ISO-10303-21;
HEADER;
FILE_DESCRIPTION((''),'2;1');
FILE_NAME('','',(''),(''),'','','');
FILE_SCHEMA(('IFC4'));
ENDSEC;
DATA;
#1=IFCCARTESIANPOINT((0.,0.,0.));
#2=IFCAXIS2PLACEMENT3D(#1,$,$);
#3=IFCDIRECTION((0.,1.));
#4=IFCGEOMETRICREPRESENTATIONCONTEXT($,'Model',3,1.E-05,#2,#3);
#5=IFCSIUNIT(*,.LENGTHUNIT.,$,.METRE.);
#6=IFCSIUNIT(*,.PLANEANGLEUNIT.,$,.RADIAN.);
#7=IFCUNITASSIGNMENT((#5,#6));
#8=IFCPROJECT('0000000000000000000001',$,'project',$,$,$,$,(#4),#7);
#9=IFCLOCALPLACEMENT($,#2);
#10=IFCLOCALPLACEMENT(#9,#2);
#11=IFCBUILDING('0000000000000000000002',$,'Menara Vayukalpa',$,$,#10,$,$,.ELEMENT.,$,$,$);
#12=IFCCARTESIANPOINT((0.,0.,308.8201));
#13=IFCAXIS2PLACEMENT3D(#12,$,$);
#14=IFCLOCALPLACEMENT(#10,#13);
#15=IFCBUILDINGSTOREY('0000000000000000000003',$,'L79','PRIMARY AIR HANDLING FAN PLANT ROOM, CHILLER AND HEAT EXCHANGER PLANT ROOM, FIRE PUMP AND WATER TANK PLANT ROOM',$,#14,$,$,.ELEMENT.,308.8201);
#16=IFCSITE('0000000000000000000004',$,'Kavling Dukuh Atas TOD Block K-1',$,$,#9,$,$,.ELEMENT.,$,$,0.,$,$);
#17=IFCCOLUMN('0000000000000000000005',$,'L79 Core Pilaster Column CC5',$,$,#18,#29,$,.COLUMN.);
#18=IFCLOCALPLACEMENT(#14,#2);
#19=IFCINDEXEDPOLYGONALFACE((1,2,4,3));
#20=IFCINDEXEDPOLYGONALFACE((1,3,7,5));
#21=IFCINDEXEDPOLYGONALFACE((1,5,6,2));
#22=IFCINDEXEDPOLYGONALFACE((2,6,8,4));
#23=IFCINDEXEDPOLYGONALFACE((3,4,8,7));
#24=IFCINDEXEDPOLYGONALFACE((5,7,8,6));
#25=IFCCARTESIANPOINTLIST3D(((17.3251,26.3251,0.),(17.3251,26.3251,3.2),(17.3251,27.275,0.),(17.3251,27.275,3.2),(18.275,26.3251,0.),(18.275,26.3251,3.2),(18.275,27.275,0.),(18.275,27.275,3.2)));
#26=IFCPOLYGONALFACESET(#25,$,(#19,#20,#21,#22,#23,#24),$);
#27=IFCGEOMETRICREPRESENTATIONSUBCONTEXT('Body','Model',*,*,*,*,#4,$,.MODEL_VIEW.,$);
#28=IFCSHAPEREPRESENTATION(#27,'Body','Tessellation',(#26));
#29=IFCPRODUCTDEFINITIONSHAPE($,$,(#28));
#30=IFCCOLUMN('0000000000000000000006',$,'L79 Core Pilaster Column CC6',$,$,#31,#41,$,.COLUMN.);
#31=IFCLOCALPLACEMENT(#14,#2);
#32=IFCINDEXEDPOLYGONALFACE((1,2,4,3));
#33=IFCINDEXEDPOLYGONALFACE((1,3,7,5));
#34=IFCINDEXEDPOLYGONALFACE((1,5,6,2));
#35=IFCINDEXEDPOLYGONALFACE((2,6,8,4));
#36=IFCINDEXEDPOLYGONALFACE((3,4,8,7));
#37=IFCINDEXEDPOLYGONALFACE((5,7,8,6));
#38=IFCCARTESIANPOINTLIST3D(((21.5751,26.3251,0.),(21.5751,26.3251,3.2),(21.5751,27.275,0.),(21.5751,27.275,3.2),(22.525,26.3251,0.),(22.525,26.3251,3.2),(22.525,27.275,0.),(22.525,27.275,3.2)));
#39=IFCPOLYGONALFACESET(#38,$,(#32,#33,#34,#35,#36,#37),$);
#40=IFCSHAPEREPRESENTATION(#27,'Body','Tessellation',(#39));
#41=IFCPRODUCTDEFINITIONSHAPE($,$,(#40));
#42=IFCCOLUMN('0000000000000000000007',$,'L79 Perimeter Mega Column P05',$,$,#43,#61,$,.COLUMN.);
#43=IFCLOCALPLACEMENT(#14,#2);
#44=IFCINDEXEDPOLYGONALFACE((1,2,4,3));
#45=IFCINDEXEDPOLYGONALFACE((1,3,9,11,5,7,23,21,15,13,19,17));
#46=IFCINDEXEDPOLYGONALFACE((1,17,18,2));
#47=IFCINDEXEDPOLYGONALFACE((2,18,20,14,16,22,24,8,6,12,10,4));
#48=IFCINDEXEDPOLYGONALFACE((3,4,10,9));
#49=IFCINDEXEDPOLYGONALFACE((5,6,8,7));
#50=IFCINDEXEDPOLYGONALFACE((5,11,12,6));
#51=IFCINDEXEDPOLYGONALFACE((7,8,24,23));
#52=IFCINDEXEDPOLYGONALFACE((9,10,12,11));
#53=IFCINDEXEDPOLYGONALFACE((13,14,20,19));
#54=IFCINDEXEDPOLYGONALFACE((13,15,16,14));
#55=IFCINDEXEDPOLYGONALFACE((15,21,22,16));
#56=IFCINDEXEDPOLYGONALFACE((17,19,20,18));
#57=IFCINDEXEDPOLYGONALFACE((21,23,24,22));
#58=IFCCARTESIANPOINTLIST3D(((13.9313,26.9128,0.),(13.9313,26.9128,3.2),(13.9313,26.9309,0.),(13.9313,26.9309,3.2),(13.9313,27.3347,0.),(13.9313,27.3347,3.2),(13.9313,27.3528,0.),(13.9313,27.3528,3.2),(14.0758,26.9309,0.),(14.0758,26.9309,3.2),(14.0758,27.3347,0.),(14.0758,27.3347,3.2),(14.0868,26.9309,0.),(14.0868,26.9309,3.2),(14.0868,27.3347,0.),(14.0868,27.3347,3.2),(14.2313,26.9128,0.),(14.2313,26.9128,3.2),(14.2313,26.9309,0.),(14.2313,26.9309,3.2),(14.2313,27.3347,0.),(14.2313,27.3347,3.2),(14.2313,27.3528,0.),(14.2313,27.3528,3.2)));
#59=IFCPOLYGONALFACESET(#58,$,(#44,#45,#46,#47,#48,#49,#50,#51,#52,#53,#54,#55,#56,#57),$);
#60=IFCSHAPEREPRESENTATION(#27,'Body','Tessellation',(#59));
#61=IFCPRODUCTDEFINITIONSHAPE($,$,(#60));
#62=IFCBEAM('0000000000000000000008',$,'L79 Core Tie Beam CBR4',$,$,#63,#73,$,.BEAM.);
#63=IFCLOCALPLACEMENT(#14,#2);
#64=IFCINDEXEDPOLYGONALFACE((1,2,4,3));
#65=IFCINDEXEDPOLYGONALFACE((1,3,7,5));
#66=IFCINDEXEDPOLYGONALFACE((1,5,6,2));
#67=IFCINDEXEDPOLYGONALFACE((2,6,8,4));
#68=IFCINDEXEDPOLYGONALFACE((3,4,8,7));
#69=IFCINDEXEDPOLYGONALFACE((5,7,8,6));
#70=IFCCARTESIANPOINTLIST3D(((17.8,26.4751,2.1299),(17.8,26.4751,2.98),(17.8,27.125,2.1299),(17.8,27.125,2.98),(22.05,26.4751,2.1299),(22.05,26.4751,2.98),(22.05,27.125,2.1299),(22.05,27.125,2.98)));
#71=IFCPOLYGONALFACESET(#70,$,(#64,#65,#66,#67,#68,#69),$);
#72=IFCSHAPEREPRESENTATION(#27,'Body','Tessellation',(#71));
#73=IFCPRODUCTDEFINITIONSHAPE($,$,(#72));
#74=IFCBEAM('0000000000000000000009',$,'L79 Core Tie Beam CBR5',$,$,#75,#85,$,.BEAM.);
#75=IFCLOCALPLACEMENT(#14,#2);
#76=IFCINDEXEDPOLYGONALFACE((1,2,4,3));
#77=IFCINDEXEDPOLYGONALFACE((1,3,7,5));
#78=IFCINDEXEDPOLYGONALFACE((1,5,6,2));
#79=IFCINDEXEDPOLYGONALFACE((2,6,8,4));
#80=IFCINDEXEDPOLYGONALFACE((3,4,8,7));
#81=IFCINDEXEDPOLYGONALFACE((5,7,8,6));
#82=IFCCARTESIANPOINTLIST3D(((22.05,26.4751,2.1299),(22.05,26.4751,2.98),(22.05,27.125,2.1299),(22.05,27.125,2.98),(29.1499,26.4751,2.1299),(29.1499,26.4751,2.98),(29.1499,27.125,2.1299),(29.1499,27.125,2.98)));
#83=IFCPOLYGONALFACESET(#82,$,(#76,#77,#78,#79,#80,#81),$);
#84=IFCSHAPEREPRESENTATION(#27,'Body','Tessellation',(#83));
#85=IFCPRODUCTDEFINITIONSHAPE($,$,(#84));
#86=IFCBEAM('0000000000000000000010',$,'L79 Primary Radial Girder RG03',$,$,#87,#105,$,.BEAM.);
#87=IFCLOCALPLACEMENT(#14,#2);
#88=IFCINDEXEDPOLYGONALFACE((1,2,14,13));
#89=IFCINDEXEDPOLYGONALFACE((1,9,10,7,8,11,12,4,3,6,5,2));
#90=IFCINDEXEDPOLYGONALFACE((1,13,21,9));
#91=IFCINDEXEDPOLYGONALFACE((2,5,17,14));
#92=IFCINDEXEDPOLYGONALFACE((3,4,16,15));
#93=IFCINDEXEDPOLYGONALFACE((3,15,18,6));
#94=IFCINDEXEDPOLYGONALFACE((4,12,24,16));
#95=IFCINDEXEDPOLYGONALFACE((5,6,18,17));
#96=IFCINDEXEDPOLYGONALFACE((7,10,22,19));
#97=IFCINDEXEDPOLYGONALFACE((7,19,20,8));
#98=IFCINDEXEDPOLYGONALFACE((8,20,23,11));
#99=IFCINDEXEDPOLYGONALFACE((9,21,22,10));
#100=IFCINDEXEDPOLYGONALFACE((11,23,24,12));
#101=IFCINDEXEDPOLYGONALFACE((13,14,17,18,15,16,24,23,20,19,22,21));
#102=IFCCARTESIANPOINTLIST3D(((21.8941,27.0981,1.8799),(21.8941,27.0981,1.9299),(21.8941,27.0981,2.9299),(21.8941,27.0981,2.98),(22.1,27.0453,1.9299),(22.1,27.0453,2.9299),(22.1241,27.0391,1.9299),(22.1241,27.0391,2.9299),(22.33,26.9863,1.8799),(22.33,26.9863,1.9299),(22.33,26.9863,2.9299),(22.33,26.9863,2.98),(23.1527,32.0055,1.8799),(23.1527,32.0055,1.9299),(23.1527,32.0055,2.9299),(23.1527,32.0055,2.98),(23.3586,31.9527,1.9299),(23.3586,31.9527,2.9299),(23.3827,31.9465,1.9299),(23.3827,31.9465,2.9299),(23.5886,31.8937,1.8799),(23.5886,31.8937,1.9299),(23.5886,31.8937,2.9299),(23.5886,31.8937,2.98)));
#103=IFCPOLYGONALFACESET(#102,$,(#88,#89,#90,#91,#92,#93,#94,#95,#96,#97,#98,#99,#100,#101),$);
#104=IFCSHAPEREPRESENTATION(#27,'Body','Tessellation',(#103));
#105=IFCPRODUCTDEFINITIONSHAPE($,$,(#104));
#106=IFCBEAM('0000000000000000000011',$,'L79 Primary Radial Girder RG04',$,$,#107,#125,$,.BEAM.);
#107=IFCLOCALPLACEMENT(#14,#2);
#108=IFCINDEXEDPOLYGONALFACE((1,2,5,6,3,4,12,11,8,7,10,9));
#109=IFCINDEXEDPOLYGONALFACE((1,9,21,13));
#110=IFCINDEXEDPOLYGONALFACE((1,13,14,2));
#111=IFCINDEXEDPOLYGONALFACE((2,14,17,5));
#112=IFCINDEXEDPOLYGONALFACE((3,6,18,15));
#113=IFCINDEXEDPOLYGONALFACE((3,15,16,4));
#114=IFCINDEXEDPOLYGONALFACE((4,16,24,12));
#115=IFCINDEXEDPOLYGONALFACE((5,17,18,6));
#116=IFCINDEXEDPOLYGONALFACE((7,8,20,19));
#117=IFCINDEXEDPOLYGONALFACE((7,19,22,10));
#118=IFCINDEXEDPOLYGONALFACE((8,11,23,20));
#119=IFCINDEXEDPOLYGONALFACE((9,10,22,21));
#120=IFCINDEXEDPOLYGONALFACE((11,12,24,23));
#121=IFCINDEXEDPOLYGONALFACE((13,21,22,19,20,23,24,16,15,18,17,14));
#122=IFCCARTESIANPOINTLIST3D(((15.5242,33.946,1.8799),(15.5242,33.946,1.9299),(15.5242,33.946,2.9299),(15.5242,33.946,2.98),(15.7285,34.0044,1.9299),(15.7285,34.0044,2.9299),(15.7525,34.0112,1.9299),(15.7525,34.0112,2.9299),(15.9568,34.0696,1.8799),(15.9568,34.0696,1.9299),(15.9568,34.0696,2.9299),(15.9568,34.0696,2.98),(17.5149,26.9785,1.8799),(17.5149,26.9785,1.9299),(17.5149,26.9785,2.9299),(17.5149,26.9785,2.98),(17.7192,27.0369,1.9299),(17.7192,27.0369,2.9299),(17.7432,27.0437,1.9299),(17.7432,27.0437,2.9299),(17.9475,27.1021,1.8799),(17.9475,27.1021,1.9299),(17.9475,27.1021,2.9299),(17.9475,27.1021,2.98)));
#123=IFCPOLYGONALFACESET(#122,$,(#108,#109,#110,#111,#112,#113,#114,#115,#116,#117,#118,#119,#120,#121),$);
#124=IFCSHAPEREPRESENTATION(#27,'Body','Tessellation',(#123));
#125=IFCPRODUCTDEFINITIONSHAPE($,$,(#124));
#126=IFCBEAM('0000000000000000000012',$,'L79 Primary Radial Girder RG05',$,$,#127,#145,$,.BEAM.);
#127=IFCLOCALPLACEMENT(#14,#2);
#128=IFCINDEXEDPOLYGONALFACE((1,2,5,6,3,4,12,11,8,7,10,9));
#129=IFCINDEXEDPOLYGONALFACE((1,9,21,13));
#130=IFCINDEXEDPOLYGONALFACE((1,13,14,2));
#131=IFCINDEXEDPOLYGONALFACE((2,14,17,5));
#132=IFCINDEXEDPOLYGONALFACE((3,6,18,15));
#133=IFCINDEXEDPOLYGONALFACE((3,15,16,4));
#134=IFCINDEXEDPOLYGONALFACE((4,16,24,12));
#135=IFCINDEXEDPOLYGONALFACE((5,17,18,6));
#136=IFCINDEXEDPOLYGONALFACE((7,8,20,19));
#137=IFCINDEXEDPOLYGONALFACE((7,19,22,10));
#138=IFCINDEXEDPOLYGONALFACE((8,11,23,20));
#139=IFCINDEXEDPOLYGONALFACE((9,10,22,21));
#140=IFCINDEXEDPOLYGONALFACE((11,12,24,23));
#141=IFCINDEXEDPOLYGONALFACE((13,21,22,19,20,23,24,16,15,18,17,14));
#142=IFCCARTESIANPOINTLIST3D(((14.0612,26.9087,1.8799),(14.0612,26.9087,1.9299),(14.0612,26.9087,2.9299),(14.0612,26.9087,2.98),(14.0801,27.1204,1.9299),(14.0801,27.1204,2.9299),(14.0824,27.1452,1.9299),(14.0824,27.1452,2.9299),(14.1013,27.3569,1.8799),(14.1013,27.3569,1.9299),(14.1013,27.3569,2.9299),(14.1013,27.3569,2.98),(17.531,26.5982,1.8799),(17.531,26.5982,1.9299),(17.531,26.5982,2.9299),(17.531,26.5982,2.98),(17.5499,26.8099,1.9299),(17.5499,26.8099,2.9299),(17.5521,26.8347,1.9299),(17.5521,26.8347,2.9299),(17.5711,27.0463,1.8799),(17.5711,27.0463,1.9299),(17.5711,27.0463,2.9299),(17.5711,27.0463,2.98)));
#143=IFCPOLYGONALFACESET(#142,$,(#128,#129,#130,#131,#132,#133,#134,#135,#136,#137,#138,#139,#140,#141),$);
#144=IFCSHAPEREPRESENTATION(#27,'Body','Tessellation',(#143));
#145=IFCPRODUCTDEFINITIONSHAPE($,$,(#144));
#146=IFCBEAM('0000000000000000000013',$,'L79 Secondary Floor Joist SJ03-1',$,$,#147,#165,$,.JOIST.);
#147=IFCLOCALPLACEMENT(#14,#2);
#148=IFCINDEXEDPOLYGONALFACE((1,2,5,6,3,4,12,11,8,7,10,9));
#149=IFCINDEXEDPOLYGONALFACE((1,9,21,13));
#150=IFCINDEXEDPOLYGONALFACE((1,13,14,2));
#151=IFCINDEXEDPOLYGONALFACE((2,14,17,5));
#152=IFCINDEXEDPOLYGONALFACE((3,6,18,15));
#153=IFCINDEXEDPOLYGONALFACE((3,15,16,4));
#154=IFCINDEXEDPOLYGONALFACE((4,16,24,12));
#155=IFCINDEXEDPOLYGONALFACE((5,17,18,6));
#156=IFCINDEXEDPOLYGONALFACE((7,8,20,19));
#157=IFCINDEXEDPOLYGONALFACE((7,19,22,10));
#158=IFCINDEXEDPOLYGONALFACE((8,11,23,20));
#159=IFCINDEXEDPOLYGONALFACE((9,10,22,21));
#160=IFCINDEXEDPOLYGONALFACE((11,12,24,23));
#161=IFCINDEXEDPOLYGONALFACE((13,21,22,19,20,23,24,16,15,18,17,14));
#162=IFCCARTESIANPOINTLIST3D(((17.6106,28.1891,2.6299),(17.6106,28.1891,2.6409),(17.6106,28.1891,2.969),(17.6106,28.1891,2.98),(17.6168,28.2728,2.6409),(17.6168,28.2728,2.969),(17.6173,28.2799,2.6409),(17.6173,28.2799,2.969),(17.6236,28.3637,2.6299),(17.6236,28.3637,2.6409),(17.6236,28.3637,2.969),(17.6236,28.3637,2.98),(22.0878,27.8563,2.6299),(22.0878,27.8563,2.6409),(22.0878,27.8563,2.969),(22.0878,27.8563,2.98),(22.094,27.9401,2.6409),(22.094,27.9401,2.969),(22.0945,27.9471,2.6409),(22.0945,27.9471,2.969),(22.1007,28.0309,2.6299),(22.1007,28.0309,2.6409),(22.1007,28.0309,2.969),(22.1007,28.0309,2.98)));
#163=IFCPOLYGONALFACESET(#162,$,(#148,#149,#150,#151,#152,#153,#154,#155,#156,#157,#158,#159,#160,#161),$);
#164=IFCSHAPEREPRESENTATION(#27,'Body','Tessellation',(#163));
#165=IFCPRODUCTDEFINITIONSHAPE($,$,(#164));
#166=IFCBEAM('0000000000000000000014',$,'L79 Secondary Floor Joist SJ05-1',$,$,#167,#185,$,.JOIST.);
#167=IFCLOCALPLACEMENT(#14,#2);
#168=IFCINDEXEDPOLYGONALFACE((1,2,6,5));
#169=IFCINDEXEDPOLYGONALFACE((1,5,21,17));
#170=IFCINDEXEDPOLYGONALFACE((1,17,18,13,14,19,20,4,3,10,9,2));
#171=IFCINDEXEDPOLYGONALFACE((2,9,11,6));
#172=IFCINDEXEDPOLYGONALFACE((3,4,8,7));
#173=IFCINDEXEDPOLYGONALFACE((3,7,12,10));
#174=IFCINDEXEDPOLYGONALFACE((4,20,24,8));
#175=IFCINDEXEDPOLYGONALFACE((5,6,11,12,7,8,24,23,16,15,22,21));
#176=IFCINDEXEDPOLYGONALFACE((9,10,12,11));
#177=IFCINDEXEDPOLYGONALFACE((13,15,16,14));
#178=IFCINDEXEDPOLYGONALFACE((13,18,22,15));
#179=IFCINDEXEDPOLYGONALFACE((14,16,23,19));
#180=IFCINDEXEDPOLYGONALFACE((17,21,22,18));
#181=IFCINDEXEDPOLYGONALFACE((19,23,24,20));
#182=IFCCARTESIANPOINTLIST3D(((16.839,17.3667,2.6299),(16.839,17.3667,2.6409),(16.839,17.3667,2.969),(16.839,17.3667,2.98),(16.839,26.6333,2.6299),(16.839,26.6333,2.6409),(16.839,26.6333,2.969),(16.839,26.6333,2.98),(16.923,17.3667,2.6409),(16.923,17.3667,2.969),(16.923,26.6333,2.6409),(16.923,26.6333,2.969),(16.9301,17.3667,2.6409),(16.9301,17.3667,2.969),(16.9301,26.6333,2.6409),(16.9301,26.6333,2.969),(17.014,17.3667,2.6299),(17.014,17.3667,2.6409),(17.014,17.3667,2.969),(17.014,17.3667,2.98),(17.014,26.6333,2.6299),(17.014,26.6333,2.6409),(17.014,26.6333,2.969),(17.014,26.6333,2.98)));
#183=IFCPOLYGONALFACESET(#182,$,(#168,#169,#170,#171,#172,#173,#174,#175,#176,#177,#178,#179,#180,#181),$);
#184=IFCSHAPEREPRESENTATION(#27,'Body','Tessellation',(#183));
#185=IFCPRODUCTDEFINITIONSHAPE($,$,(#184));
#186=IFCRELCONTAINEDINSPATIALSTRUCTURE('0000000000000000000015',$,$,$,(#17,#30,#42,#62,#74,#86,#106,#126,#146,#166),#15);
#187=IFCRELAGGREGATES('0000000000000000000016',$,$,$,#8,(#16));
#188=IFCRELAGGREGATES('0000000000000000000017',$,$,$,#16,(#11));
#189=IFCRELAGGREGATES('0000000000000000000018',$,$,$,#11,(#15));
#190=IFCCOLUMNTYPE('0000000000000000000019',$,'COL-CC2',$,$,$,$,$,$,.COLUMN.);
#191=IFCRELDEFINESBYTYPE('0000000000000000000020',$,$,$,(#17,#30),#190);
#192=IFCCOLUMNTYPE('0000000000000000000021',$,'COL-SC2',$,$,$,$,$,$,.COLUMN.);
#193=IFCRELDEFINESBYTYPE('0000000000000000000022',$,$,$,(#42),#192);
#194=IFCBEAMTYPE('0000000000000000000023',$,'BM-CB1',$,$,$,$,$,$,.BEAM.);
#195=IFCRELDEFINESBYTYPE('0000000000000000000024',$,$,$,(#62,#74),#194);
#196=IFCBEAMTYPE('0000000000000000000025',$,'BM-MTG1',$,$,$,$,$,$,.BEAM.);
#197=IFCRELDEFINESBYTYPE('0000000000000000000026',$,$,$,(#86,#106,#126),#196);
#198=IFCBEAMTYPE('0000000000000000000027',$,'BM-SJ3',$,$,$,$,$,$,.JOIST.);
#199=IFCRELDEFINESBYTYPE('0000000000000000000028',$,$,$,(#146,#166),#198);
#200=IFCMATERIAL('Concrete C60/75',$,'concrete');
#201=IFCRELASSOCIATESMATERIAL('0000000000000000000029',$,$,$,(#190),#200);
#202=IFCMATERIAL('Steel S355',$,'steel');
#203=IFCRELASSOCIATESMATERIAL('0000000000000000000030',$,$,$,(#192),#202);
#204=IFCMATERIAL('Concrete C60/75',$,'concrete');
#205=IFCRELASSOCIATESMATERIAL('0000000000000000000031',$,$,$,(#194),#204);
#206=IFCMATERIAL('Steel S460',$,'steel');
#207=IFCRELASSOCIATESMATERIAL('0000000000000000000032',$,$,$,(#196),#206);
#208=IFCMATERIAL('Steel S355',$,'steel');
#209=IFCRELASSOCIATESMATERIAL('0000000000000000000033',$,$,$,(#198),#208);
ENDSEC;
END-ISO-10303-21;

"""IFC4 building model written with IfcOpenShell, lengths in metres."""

from ifc_helpers import new_model, si_unit, direction, frame, origin, origin_2d, place, context, subcontext, project, spatial, rectangle, i_section, extrude, material, material_profile, profile_set, type_object, element, save


model = new_model("IFC4")

# Units and contexts
model_context = context("Model", 3, precision=1e-05, world=origin(), true_north=direction((0.0, 1.0)))
body_context = subcontext(model_context, "Body", "Model", "MODEL_VIEW")
ifc_project = project(units=[si_unit("LENGTHUNIT", "METRE"), si_unit("PLANEANGLEUNIT", "RADIAN")], contexts=[model_context])

# Site, building, storey
site_placement = place(None, origin())
site = spatial("IfcSite", under=ifc_project, at=site_placement, Name="Kavling Dukuh Atas TOD Block K-1", CompositionType="ELEMENT", RefElevation=0.0)
building_placement = place(site_placement, origin())
building = spatial("IfcBuilding", under=site, at=building_placement, Name="Menara Vayukalpa", CompositionType="ELEMENT")
storey_placement = place(building_placement, frame((0.0, 0.0, 308.8201)))
storey = spatial("IfcBuildingStorey", under=building, at=storey_placement, Name="L79", Description="PRIMARY AIR HANDLING FAN PLANT ROOM, CHILLER AND HEAT EXCHANGER PLANT ROOM, FIRE PUMP AND WATER TANK PLANT ROOM", CompositionType="ELEMENT", Elevation=308.8201)

# Columns
ifc_material_1 = material(Name="Concrete C60/75", Category="concrete")
ifc_material_profile_1 = material_profile(ifc_material_1, rectangle(XDim=0.95, YDim=0.95, at=origin_2d()), Name="RC 950x950")
ifc_profile_set_1 = profile_set([ifc_material_profile_1], Name="Concrete C60/75")
column_type_1 = type_object("IfcColumnType", Name="COL-CC2", PredefinedType="COLUMN", material=ifc_profile_set_1)
for number, where, z_axis, x_axis, name in (
    (1, (17.8, 26.8, 0.0), (0.0, 0.0, 1.0), (1.0, 0.0, 0.0), "L79 Core Pilaster Column CC5"),
    (2, (22.05, 26.8, 0.0), (0.0, 0.0, 1.0), (1.0, 0.0, 0.0), "L79 Core Pilaster Column CC6"),
):
    element("IfcColumn", number, at=place(storey_placement, frame(where, z_axis=z_axis, x_axis=x_axis)), inside=storey, type_object=column_type_1, Name=name, PredefinedType="COLUMN", context=body_context, shape_type="SweptSolid", body=[
        extrude(rectangle(XDim=0.95, YDim=0.95, at=origin_2d()), origin(), (0.0, 0.0, 1.0), 3.2),
    ])
ifc_material_2 = material(Name="Steel S355", Category="steel")
ifc_material_profile_2 = material_profile(ifc_material_2, i_section(OverallWidth=0.3, OverallDepth=0.4399, WebThickness=0.011, FlangeThickness=0.0181, at=origin_2d()), Name="H 440x300x11x18")
ifc_profile_set_2 = profile_set([ifc_material_profile_2], Name="Steel S355")
column_type_2 = type_object("IfcColumnType", Name="COL-SC2", PredefinedType="COLUMN", material=ifc_profile_set_2)
column_placement = place(storey_placement, frame((14.0813, 27.1328, 0.0), z_axis=(0.0, 0.0, 1.0), x_axis=(1.0, 0.0, 0.0)))
element("IfcColumn", 3, at=column_placement, inside=storey, type_object=column_type_2, Name="L79 Perimeter Mega Column P05", PredefinedType="COLUMN", context=body_context, shape_type="SweptSolid", body=[
    extrude(i_section(OverallWidth=0.3, OverallDepth=0.4399, WebThickness=0.011, FlangeThickness=0.0181, at=origin_2d()), origin(), (0.0, 0.0, 1.0), 3.2),
])

# Beams
ifc_material_3 = material(Name="Concrete C60/75", Category="concrete")
ifc_material_profile_3 = material_profile(ifc_material_3, rectangle(XDim=0.6499, YDim=0.8501, at=origin_2d()), Name="RC 650x850")
ifc_profile_set_3 = profile_set([ifc_material_profile_3], Name="Concrete C60/75")
beam_type_1 = type_object("IfcBeamType", Name="BM-CB1", PredefinedType="BEAM", material=ifc_profile_set_3)
beam_1_placement = place(storey_placement, frame((17.8, 26.8, 2.5549), z_axis=(1.0, 0.0, 0.0), x_axis=(0.0, 1.0, 0.0)))
element("IfcBeam", 4, at=beam_1_placement, inside=storey, type_object=beam_type_1, Name="L79 Core Tie Beam CBR4", PredefinedType="BEAM", context=body_context, shape_type="SweptSolid", body=[
    extrude(rectangle(XDim=0.6499, YDim=0.8501, at=origin_2d()), origin(), (0.0, 0.0, 1.0), 4.25),
])
beam_2_placement = place(storey_placement, frame((22.05, 26.8, 2.5549), z_axis=(1.0, 0.0, 0.0), x_axis=(0.0, 1.0, 0.0)))
element("IfcBeam", 5, at=beam_2_placement, inside=storey, type_object=beam_type_1, Name="L79 Core Tie Beam CBR5", PredefinedType="BEAM", context=body_context, shape_type="SweptSolid", body=[
    extrude(rectangle(XDim=0.6499, YDim=0.8501, at=origin_2d()), origin(), (0.0, 0.0, 1.0), 7.0999),
])
ifc_material_4 = material(Name="Steel S460", Category="steel")
ifc_material_profile_4 = material_profile(ifc_material_4, i_section(OverallWidth=0.45, OverallDepth=1.1001, WebThickness=0.0249, FlangeThickness=0.05, at=origin_2d()), Name="WG 1100x450x25x50")
ifc_profile_set_4 = profile_set([ifc_material_profile_4], Name="Steel S460")
beam_type_2 = type_object("IfcBeamType", Name="BM-MTG1", PredefinedType="BEAM", material=ifc_profile_set_4)
beam_3_placement = place(storey_placement, frame((22.1121, 27.0422, 2.4299), z_axis=(0.248428, 0.96865, 0.0), x_axis=(-0.96865, 0.248428, 0.0)))
element("IfcBeam", 6, at=beam_3_placement, inside=storey, type_object=beam_type_2, Name="L79 Primary Radial Girder RG03", PredefinedType="BEAM", context=body_context, shape_type="SweptSolid", body=[
    extrude(i_section(OverallWidth=0.45, OverallDepth=1.1001, WebThickness=0.0249, FlangeThickness=0.05, at=origin_2d()), origin(), (0.0, 0.0, 1.0), 5.0662),
])
beam_4_placement = place(storey_placement, frame((17.7312, 27.0403, 2.4299), z_axis=(-0.274721, 0.961524, 0.0), x_axis=(-0.961524, -0.274721, 0.0)))
element("IfcBeam", 7, at=beam_4_placement, inside=storey, type_object=beam_type_2, Name="L79 Primary Radial Girder RG04", PredefinedType="BEAM", context=body_context, shape_type="SweptSolid", body=[
    extrude(i_section(OverallWidth=0.45, OverallDepth=1.1001, WebThickness=0.0249, FlangeThickness=0.05, at=origin_2d()), origin(), (0.0, 0.0, 1.0), 7.2463),
])
beam_5_placement = place(storey_placement, frame((17.551, 26.8223, 2.4299), z_axis=(-0.996019, 0.089145, 0.0), x_axis=(-0.089145, -0.996019, 0.0)))
element("IfcBeam", 8, at=beam_5_placement, inside=storey, type_object=beam_type_2, Name="L79 Primary Radial Girder RG05", PredefinedType="BEAM", context=body_context, shape_type="SweptSolid", body=[
    extrude(i_section(OverallWidth=0.45, OverallDepth=1.1001, WebThickness=0.0249, FlangeThickness=0.05, at=origin_2d()), origin(), (0.0, 0.0, 1.0), 3.4836),
])
ifc_material_5 = material(Name="Steel S355", Category="steel")
ifc_material_profile_5 = material_profile(ifc_material_5, i_section(OverallWidth=0.175, OverallDepth=0.3501, WebThickness=0.0071, FlangeThickness=0.011, at=origin_2d()), Name="WF 350x175x7x11")
ifc_profile_set_5 = profile_set([ifc_material_profile_5], Name="Steel S355")
beam_type_3 = type_object("IfcBeamType", Name="BM-SJ3", PredefinedType="JOIST", material=ifc_profile_set_5)
beam_6_placement = place(storey_placement, frame((22.0942, 27.9436, 2.8049), z_axis=(-0.997249, 0.074122, 0.0), x_axis=(-0.074122, -0.997249, 0.0)))
element("IfcBeam", 9, at=beam_6_placement, inside=storey, type_object=beam_type_3, Name="L79 Secondary Floor Joist SJ03-1", PredefinedType="JOIST", context=body_context, shape_type="SweptSolid", body=[
    extrude(i_section(OverallWidth=0.175, OverallDepth=0.3501, WebThickness=0.0071, FlangeThickness=0.011, at=origin_2d()), origin(), (0.0, 0.0, 1.0), 4.4895),
])
beam_7_placement = place(storey_placement, frame((16.9265, 26.6333, 2.8049), z_axis=(0.0, -1.0, 0.0), x_axis=(1.0, 0.0, 0.0)))
element("IfcBeam", 10, at=beam_7_placement, inside=storey, type_object=beam_type_3, Name="L79 Secondary Floor Joist SJ05-1", PredefinedType="JOIST", context=body_context, shape_type="SweptSolid", body=[
    extrude(i_section(OverallWidth=0.175, OverallDepth=0.3501, WebThickness=0.0071, FlangeThickness=0.011, at=origin_2d()), origin(), (0.0, 0.0, 1.0), 9.2666),
])

save(model, "model.ifc")
